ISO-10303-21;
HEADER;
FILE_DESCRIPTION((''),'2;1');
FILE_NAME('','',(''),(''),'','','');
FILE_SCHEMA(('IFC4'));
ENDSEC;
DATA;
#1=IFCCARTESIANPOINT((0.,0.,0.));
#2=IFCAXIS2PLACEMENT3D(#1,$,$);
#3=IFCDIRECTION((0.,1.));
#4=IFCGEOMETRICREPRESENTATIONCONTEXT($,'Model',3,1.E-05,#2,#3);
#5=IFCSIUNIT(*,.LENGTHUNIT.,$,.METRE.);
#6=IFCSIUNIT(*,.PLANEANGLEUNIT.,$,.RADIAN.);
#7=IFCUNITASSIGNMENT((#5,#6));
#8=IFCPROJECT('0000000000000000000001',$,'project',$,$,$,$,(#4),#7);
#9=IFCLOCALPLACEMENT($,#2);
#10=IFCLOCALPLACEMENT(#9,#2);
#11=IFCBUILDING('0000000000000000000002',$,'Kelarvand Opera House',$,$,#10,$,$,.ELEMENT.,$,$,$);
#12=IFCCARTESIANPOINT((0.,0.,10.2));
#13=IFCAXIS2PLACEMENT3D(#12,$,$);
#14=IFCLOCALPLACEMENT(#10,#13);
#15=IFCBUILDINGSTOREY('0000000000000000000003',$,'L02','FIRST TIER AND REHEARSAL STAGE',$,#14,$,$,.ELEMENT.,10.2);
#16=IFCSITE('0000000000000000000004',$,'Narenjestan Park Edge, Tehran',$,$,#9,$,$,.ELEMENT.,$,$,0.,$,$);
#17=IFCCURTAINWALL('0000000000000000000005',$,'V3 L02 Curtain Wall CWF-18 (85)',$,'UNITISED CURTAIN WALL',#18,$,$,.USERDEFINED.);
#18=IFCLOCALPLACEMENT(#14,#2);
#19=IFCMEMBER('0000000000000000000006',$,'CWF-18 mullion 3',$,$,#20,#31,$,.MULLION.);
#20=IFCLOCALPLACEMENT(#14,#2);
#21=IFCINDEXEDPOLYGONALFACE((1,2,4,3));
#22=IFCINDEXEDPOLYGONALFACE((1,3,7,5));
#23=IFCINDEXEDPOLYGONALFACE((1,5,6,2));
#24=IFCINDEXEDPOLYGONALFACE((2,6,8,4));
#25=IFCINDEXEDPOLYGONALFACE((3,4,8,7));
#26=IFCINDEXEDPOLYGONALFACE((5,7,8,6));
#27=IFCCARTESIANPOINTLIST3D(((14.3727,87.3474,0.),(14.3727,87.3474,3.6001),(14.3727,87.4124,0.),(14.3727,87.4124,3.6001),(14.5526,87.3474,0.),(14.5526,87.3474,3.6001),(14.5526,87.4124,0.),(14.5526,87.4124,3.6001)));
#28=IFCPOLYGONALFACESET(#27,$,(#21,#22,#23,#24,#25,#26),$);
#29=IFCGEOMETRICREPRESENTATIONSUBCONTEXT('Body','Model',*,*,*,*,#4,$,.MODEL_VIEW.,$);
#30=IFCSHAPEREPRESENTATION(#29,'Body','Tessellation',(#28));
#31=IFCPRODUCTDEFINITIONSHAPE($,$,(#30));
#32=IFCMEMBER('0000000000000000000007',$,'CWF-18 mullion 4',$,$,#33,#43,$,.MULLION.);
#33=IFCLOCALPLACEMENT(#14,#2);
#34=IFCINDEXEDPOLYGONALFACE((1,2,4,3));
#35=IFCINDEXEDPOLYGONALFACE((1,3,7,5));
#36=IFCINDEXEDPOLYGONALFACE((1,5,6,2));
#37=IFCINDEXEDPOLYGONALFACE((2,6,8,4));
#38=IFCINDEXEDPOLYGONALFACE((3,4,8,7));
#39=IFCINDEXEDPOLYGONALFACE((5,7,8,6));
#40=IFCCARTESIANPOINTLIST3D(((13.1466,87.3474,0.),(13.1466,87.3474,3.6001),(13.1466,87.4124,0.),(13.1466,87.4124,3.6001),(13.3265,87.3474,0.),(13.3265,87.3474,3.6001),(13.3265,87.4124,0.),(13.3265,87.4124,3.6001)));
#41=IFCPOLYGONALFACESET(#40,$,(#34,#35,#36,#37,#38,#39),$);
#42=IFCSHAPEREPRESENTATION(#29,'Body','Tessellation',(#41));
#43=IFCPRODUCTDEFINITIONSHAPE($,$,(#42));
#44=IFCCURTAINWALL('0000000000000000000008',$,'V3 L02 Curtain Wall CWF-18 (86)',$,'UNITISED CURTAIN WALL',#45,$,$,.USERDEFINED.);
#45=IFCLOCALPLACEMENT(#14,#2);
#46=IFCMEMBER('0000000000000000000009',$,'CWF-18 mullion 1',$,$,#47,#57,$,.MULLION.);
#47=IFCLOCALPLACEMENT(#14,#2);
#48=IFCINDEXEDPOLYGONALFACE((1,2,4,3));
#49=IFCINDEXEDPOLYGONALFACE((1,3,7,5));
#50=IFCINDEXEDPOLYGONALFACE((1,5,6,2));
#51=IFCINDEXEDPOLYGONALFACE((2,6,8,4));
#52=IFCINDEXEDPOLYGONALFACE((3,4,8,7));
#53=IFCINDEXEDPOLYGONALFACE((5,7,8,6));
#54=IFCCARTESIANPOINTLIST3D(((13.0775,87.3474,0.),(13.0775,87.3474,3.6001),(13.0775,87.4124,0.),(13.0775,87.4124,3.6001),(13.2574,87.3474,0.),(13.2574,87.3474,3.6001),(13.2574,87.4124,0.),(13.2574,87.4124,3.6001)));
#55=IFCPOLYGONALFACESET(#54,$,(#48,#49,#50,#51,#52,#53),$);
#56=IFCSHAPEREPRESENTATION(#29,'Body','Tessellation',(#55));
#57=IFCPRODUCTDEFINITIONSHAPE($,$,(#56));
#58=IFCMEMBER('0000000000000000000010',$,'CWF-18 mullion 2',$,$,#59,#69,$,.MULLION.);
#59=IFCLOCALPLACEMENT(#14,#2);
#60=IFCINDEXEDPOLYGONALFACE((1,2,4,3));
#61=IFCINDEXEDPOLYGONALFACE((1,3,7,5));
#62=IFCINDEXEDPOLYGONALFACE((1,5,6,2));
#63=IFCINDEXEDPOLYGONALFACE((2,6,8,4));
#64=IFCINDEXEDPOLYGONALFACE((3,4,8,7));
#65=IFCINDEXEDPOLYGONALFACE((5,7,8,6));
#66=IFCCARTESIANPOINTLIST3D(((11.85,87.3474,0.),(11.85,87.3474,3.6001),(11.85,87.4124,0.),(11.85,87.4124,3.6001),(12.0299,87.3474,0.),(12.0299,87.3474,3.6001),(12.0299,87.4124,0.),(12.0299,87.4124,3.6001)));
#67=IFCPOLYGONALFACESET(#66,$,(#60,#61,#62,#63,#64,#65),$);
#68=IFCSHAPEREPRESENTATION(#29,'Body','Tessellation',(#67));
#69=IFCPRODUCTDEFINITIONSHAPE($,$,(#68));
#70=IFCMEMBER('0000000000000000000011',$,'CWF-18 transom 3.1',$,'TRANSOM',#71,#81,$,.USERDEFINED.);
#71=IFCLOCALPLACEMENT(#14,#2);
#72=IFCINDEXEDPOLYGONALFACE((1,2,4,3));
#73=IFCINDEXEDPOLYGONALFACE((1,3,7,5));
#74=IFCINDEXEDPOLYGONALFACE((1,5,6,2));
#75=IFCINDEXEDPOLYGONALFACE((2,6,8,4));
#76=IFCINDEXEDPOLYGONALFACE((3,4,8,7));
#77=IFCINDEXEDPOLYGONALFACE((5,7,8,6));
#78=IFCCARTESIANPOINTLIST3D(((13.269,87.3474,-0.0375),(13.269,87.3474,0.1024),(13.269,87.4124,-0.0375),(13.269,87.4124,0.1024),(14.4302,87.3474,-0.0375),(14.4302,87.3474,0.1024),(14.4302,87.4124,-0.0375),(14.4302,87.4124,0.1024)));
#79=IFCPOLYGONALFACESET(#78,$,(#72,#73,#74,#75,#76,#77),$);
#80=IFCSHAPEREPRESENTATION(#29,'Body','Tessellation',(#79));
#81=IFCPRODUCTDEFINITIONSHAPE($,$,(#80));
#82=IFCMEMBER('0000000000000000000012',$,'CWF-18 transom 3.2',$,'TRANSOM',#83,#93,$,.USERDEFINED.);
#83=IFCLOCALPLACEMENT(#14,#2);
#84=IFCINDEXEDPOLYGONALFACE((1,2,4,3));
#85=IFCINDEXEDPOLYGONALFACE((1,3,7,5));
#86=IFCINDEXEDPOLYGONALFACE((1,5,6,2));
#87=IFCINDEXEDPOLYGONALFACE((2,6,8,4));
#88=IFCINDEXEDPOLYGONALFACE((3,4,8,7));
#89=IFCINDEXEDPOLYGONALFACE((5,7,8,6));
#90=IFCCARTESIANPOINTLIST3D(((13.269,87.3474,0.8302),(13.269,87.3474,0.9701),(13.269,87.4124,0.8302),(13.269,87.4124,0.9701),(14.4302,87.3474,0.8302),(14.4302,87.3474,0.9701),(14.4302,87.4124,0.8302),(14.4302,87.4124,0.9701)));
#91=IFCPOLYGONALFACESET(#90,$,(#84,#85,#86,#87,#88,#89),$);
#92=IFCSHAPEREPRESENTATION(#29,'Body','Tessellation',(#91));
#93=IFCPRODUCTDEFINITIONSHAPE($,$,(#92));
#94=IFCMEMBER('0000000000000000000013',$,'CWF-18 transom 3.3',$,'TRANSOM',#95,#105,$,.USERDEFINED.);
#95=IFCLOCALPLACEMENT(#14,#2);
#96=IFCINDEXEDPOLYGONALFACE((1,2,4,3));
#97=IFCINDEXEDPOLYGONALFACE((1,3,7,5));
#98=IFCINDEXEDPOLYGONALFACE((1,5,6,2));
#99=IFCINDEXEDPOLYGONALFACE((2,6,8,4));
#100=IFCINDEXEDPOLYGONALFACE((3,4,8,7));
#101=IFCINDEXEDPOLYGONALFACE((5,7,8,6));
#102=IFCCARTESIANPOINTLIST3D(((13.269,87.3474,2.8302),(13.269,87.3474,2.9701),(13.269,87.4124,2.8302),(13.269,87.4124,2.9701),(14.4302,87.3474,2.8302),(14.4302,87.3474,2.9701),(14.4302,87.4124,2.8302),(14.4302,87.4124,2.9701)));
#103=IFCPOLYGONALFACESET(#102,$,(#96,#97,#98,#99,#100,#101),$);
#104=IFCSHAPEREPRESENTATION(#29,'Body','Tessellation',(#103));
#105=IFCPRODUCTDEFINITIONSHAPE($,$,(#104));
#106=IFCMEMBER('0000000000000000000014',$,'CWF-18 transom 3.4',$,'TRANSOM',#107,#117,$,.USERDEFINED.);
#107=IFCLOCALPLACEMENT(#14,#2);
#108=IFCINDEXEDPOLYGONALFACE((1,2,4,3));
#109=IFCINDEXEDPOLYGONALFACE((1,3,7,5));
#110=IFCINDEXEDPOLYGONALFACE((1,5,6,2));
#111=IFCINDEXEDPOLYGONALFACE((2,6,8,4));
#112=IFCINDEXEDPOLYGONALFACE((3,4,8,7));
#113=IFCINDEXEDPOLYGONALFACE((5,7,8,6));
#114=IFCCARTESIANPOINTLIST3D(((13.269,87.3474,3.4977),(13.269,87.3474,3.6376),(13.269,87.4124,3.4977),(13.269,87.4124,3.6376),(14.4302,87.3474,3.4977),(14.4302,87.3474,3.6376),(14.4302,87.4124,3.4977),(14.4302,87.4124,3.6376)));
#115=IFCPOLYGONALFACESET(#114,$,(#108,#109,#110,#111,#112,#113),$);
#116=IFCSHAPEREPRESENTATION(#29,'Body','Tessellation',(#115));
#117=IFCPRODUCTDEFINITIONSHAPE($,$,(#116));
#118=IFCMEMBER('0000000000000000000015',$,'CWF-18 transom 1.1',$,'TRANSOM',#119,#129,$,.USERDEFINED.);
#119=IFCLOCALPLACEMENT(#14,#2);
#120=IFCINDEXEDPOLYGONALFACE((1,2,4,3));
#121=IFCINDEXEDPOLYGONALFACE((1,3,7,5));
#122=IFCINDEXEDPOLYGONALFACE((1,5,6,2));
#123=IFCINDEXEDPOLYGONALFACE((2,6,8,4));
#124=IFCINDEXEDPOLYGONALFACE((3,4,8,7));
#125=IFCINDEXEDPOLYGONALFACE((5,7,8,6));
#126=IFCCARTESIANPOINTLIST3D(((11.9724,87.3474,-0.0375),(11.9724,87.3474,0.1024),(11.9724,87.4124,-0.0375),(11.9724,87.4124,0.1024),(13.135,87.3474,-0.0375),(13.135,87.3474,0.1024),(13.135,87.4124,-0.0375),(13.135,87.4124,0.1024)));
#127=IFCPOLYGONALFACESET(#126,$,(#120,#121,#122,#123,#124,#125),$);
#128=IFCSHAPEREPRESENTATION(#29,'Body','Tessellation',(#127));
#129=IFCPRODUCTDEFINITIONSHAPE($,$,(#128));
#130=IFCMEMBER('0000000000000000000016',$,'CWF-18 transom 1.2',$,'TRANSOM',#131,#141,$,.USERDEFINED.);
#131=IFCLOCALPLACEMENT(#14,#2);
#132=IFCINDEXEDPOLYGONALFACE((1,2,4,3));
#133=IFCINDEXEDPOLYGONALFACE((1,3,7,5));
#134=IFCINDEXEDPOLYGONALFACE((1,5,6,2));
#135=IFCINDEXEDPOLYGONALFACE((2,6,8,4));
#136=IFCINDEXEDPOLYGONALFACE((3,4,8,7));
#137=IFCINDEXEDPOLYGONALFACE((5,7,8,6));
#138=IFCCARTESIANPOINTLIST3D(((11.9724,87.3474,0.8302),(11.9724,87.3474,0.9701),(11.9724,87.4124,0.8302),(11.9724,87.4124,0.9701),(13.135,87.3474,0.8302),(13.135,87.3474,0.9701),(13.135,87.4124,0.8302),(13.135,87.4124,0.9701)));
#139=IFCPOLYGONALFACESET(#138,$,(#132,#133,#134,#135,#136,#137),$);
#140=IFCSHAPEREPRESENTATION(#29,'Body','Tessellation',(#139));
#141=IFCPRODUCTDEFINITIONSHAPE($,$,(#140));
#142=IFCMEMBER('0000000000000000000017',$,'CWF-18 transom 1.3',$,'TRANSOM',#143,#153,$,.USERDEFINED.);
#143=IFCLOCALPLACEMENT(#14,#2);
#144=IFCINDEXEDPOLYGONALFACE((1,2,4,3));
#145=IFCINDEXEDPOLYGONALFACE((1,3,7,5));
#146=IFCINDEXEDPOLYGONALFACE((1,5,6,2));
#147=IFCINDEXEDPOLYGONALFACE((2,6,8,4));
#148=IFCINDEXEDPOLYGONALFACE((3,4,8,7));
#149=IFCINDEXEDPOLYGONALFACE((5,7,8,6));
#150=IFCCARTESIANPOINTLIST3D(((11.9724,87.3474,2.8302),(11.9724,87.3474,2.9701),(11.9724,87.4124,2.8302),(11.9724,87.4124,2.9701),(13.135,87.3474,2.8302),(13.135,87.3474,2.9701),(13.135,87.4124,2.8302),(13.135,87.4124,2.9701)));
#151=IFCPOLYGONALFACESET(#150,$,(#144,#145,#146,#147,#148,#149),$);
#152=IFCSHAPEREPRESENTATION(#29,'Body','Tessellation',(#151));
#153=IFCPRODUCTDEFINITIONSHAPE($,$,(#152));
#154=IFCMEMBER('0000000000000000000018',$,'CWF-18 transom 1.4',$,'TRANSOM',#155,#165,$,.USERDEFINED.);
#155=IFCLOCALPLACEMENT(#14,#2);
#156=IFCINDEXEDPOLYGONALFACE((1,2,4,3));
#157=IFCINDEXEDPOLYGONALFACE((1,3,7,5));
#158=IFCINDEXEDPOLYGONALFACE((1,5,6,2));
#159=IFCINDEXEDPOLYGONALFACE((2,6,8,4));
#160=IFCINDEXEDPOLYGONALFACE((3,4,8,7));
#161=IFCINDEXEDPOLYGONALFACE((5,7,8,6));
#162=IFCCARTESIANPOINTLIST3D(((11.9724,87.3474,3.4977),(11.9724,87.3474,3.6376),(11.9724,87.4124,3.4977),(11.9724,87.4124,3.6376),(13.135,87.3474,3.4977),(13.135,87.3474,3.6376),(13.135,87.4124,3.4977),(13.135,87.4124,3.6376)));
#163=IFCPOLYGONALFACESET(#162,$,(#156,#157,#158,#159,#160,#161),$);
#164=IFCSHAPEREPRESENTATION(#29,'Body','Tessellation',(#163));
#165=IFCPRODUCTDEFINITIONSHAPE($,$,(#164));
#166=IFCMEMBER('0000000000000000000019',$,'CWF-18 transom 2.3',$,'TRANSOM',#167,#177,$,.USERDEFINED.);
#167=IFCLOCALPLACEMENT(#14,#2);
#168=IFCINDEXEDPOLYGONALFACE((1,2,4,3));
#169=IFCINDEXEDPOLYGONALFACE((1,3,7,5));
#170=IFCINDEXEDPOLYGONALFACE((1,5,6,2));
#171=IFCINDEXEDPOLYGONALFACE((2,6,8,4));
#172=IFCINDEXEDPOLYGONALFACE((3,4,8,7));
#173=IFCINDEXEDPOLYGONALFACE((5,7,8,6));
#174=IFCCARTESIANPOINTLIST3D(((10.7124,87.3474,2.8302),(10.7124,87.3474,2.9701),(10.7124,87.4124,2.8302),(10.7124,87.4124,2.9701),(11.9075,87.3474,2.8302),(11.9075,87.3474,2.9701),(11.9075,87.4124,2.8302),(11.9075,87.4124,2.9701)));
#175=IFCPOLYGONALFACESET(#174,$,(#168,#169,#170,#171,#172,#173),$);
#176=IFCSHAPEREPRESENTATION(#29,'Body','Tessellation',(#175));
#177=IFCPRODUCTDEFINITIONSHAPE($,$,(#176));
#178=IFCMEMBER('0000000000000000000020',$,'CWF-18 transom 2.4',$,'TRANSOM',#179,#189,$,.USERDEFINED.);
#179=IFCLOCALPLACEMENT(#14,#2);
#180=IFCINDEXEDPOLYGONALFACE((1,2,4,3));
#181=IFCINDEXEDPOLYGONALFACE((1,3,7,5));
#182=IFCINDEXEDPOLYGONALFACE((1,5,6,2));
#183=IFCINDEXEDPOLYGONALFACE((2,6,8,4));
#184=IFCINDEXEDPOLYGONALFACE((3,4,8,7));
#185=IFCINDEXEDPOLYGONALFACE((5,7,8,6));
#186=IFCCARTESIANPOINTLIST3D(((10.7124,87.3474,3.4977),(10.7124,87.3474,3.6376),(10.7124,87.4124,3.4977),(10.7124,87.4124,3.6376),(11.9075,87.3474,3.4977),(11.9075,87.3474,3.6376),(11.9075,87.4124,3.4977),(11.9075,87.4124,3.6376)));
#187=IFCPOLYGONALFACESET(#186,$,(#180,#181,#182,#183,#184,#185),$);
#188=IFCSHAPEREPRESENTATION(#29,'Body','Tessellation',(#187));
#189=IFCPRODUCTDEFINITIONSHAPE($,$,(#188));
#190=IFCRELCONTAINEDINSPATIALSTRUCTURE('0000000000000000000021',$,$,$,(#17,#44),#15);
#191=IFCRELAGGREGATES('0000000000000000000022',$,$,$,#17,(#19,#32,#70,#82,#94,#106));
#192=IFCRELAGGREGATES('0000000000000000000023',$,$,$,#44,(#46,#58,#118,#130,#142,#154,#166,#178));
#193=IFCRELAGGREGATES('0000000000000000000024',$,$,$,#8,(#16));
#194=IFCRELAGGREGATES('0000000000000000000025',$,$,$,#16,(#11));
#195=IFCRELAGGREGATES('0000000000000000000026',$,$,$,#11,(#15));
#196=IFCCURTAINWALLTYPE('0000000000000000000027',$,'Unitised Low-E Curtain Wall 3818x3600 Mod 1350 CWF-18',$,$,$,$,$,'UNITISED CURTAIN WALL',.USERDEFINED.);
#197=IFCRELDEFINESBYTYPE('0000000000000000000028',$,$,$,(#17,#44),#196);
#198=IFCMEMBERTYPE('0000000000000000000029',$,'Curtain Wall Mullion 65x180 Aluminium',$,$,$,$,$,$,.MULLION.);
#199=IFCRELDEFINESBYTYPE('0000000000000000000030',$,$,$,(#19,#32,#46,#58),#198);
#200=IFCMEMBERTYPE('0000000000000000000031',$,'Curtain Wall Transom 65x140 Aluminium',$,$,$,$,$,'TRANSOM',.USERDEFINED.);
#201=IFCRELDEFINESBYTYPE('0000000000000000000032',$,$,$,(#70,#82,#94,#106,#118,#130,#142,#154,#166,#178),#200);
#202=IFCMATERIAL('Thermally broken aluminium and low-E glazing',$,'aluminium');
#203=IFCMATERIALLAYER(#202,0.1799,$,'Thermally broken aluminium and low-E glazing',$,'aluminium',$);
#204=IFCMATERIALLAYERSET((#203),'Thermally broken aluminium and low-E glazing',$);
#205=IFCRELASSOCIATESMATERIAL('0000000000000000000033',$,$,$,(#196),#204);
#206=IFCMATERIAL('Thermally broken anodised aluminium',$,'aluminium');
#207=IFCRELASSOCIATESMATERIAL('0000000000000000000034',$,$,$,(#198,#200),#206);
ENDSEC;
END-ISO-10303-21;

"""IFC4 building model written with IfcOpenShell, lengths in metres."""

from ifc_helpers import new_model, si_unit, direction, frame, origin, origin_2d, place, context, subcontext, project, spatial, rectangle, extrude, material, layer, layer_set, material_profile, profile_set, type_object, element, aggregate, save


model = new_model("IFC4")

# Units and contexts
model_context = context("Model", 3, precision=1e-05, world=origin(), true_north=direction((0.0, 1.0)))
body_context = subcontext(model_context, "Body", "Model", "MODEL_VIEW")
ifc_project = project(units=[si_unit("LENGTHUNIT", "METRE"), si_unit("PLANEANGLEUNIT", "RADIAN")], contexts=[model_context])

# Site, building, storey
site_placement = place(None, origin())
site = spatial("IfcSite", under=ifc_project, at=site_placement, Name="Narenjestan Park Edge, Tehran", CompositionType="ELEMENT", RefElevation=0.0)
building_placement = place(site_placement, origin())
building = spatial("IfcBuilding", under=site, at=building_placement, Name="Kelarvand Opera House", CompositionType="ELEMENT")
storey_placement = place(building_placement, frame((0.0, 0.0, 10.2)))
storey = spatial("IfcBuildingStorey", under=building, at=storey_placement, Name="L02", Description="FIRST TIER AND REHEARSAL STAGE", CompositionType="ELEMENT", Elevation=10.2)

# Curtain walls, members
ifc_material_1 = material(Name="Thermally broken aluminium and low-E glazing", Category="aluminium")
ifc_layer_1 = layer(ifc_material_1, 0.1799, Name="Thermally broken aluminium and low-E glazing", Category="aluminium")
ifc_layer_set_1 = layer_set([ifc_layer_1], Name="Thermally broken aluminium and low-E glazing")
curtain_wall_type = type_object("IfcCurtainWallType", Name="Unitised Low-E Curtain Wall 3818x3600 Mod 1350 CWF-18", ElementType="UNITISED CURTAIN WALL", PredefinedType="USERDEFINED", material=ifc_layer_set_1)
curtain_wall_1_placement = place(storey_placement, origin())
curtain_wall_1 = element("IfcCurtainWall", 1, at=curtain_wall_1_placement, inside=storey, type_object=curtain_wall_type, Name="V3 L02 Curtain Wall CWF-18 (85)", ObjectType="UNITISED CURTAIN WALL", PredefinedType="USERDEFINED")
ifc_material_2 = material(Name="Thermally broken anodised aluminium", Category="aluminium")
ifc_material_profile_1 = material_profile(ifc_material_2, rectangle(XDim=0.0649, YDim=0.1799, at=origin_2d()), Name="ALU MULLION 65x180", Category="aluminium")
ifc_profile_set_1 = profile_set([ifc_material_profile_1], Name="Thermally broken anodised aluminium")
member_type_1 = type_object("IfcMemberType", Name="Curtain Wall Mullion 65x180 Aluminium", PredefinedType="MULLION", material=ifc_profile_set_1)
member_1_placement = place(storey_placement, frame((14.4626, 87.3799, 0.0), z_axis=(0.0, 0.0, 1.0), x_axis=(0.0, -1.0, 0.0)))
member_1 = element("IfcMember", 2, at=member_1_placement, type_object=member_type_1, Name="CWF-18 mullion 3", PredefinedType="MULLION", context=body_context, shape_type="SweptSolid", body=[
    extrude(rectangle(XDim=0.0649, YDim=0.1799, at=origin_2d()), origin(), (0.0, 0.0, 1.0), 3.6001),
])
member_2_placement = place(storey_placement, frame((13.2366, 87.3799, 0.0), z_axis=(0.0, 0.0, 1.0), x_axis=(0.0, -1.0, 0.0)))
member_2 = element("IfcMember", 3, at=member_2_placement, type_object=member_type_1, Name="CWF-18 mullion 4", PredefinedType="MULLION", context=body_context, shape_type="SweptSolid", body=[
    extrude(rectangle(XDim=0.0649, YDim=0.1799, at=origin_2d()), origin(), (0.0, 0.0, 1.0), 3.6001),
])
curtain_wall_2_placement = place(storey_placement, origin())
curtain_wall_2 = element("IfcCurtainWall", 4, at=curtain_wall_2_placement, inside=storey, type_object=curtain_wall_type, Name="V3 L02 Curtain Wall CWF-18 (86)", ObjectType="UNITISED CURTAIN WALL", PredefinedType="USERDEFINED")
member_3_placement = place(storey_placement, frame((13.1675, 87.3799, 0.0), z_axis=(0.0, 0.0, 1.0), x_axis=(0.0, -1.0, 0.0)))
member_3 = element("IfcMember", 5, at=member_3_placement, type_object=member_type_1, Name="CWF-18 mullion 1", PredefinedType="MULLION", context=body_context, shape_type="SweptSolid", body=[
    extrude(rectangle(XDim=0.0649, YDim=0.1799, at=origin_2d()), origin(), (0.0, 0.0, 1.0), 3.6001),
])
member_4_placement = place(storey_placement, frame((11.9399, 87.3799, 0.0), z_axis=(0.0, 0.0, 1.0), x_axis=(0.0, -1.0, 0.0)))
member_4 = element("IfcMember", 6, at=member_4_placement, type_object=member_type_1, Name="CWF-18 mullion 2", PredefinedType="MULLION", context=body_context, shape_type="SweptSolid", body=[
    extrude(rectangle(XDim=0.0649, YDim=0.1799, at=origin_2d()), origin(), (0.0, 0.0, 1.0), 3.6001),
])

# Members
ifc_material_profile_2 = material_profile(ifc_material_2, rectangle(XDim=0.0649, YDim=0.1399, at=origin_2d()), Name="ALU TRANSOM 65x140", Category="aluminium")
ifc_profile_set_2 = profile_set([ifc_material_profile_2], Name="Thermally broken anodised aluminium")
member_type_2 = type_object("IfcMemberType", Name="Curtain Wall Transom 65x140 Aluminium", ElementType="TRANSOM", PredefinedType="USERDEFINED", material=ifc_profile_set_2)
member_5_placement = place(storey_placement, frame((14.4302, 87.3799, 0.0325), z_axis=(-1.0, 0.0, 0.0), x_axis=(0.0, -1.0, 0.0)))
member_5 = element("IfcMember", 7, at=member_5_placement, type_object=member_type_2, Name="CWF-18 transom 3.1", ObjectType="TRANSOM", PredefinedType="USERDEFINED", context=body_context, shape_type="SweptSolid", body=[
    extrude(rectangle(XDim=0.0649, YDim=0.1399, at=origin_2d()), origin(), (0.0, 0.0, 1.0), 1.1611),
])
member_6_placement = place(storey_placement, frame((14.4302, 87.3799, 0.9001), z_axis=(-1.0, 0.0, 0.0), x_axis=(0.0, -1.0, 0.0)))
member_6 = element("IfcMember", 8, at=member_6_placement, type_object=member_type_2, Name="CWF-18 transom 3.2", ObjectType="TRANSOM", PredefinedType="USERDEFINED", context=body_context, shape_type="SweptSolid", body=[
    extrude(rectangle(XDim=0.0649, YDim=0.1399, at=origin_2d()), origin(), (0.0, 0.0, 1.0), 1.1611),
])
member_7_placement = place(storey_placement, frame((14.4302, 87.3799, 2.9001), z_axis=(-1.0, 0.0, 0.0), x_axis=(0.0, -1.0, 0.0)))
member_7 = element("IfcMember", 9, at=member_7_placement, type_object=member_type_2, Name="CWF-18 transom 3.3", ObjectType="TRANSOM", PredefinedType="USERDEFINED", context=body_context, shape_type="SweptSolid", body=[
    extrude(rectangle(XDim=0.0649, YDim=0.1399, at=origin_2d()), origin(), (0.0, 0.0, 1.0), 1.1611),
])
member_8_placement = place(storey_placement, frame((14.4302, 87.3799, 3.5676), z_axis=(-1.0, 0.0, 0.0), x_axis=(0.0, -1.0, 0.0)))
member_8 = element("IfcMember", 10, at=member_8_placement, type_object=member_type_2, Name="CWF-18 transom 3.4", ObjectType="TRANSOM", PredefinedType="USERDEFINED", context=body_context, shape_type="SweptSolid", body=[
    extrude(rectangle(XDim=0.0649, YDim=0.1399, at=origin_2d()), origin(), (0.0, 0.0, 1.0), 1.1611),
])
member_9_placement = place(storey_placement, frame((13.135, 87.3799, 0.0325), z_axis=(-1.0, 0.0, 0.0), x_axis=(0.0, -1.0, 0.0)))
member_9 = element("IfcMember", 11, at=member_9_placement, type_object=member_type_2, Name="CWF-18 transom 1.1", ObjectType="TRANSOM", PredefinedType="USERDEFINED", context=body_context, shape_type="SweptSolid", body=[
    extrude(rectangle(XDim=0.0649, YDim=0.1399, at=origin_2d()), origin(), (0.0, 0.0, 1.0), 1.1626),
])
member_10_placement = place(storey_placement, frame((13.135, 87.3799, 0.9001), z_axis=(-1.0, 0.0, 0.0), x_axis=(0.0, -1.0, 0.0)))
member_10 = element("IfcMember", 12, at=member_10_placement, type_object=member_type_2, Name="CWF-18 transom 1.2", ObjectType="TRANSOM", PredefinedType="USERDEFINED", context=body_context, shape_type="SweptSolid", body=[
    extrude(rectangle(XDim=0.0649, YDim=0.1399, at=origin_2d()), origin(), (0.0, 0.0, 1.0), 1.1626),
])
member_11_placement = place(storey_placement, frame((13.135, 87.3799, 2.9001), z_axis=(-1.0, 0.0, 0.0), x_axis=(0.0, -1.0, 0.0)))
member_11 = element("IfcMember", 13, at=member_11_placement, type_object=member_type_2, Name="CWF-18 transom 1.3", ObjectType="TRANSOM", PredefinedType="USERDEFINED", context=body_context, shape_type="SweptSolid", body=[
    extrude(rectangle(XDim=0.0649, YDim=0.1399, at=origin_2d()), origin(), (0.0, 0.0, 1.0), 1.1626),
])
member_12_placement = place(storey_placement, frame((13.135, 87.3799, 3.5676), z_axis=(-1.0, 0.0, 0.0), x_axis=(0.0, -1.0, 0.0)))
member_12 = element("IfcMember", 14, at=member_12_placement, type_object=member_type_2, Name="CWF-18 transom 1.4", ObjectType="TRANSOM", PredefinedType="USERDEFINED", context=body_context, shape_type="SweptSolid", body=[
    extrude(rectangle(XDim=0.0649, YDim=0.1399, at=origin_2d()), origin(), (0.0, 0.0, 1.0), 1.1626),
])
member_13_placement = place(storey_placement, frame((11.9075, 87.3799, 2.9001), z_axis=(-1.0, 0.0, 0.0), x_axis=(0.0, -1.0, 0.0)))
member_13 = element("IfcMember", 15, at=member_13_placement, type_object=member_type_2, Name="CWF-18 transom 2.3", ObjectType="TRANSOM", PredefinedType="USERDEFINED", context=body_context, shape_type="SweptSolid", body=[
    extrude(rectangle(XDim=0.0649, YDim=0.1399, at=origin_2d()), origin(), (0.0, 0.0, 1.0), 1.1951),
])
member_14_placement = place(storey_placement, frame((11.9075, 87.3799, 3.5676), z_axis=(-1.0, 0.0, 0.0), x_axis=(0.0, -1.0, 0.0)))
member_14 = element("IfcMember", 16, at=member_14_placement, type_object=member_type_2, Name="CWF-18 transom 2.4", ObjectType="TRANSOM", PredefinedType="USERDEFINED", context=body_context, shape_type="SweptSolid", body=[
    extrude(rectangle(XDim=0.0649, YDim=0.1399, at=origin_2d()), origin(), (0.0, 0.0, 1.0), 1.1951),
])

aggregate(curtain_wall_1, [member_1, member_2, member_5, member_6, member_7, member_8])
aggregate(curtain_wall_2, [member_3, member_4, member_9, member_10, member_11, member_12, member_13, member_14])

save(model, "model.ifc")
